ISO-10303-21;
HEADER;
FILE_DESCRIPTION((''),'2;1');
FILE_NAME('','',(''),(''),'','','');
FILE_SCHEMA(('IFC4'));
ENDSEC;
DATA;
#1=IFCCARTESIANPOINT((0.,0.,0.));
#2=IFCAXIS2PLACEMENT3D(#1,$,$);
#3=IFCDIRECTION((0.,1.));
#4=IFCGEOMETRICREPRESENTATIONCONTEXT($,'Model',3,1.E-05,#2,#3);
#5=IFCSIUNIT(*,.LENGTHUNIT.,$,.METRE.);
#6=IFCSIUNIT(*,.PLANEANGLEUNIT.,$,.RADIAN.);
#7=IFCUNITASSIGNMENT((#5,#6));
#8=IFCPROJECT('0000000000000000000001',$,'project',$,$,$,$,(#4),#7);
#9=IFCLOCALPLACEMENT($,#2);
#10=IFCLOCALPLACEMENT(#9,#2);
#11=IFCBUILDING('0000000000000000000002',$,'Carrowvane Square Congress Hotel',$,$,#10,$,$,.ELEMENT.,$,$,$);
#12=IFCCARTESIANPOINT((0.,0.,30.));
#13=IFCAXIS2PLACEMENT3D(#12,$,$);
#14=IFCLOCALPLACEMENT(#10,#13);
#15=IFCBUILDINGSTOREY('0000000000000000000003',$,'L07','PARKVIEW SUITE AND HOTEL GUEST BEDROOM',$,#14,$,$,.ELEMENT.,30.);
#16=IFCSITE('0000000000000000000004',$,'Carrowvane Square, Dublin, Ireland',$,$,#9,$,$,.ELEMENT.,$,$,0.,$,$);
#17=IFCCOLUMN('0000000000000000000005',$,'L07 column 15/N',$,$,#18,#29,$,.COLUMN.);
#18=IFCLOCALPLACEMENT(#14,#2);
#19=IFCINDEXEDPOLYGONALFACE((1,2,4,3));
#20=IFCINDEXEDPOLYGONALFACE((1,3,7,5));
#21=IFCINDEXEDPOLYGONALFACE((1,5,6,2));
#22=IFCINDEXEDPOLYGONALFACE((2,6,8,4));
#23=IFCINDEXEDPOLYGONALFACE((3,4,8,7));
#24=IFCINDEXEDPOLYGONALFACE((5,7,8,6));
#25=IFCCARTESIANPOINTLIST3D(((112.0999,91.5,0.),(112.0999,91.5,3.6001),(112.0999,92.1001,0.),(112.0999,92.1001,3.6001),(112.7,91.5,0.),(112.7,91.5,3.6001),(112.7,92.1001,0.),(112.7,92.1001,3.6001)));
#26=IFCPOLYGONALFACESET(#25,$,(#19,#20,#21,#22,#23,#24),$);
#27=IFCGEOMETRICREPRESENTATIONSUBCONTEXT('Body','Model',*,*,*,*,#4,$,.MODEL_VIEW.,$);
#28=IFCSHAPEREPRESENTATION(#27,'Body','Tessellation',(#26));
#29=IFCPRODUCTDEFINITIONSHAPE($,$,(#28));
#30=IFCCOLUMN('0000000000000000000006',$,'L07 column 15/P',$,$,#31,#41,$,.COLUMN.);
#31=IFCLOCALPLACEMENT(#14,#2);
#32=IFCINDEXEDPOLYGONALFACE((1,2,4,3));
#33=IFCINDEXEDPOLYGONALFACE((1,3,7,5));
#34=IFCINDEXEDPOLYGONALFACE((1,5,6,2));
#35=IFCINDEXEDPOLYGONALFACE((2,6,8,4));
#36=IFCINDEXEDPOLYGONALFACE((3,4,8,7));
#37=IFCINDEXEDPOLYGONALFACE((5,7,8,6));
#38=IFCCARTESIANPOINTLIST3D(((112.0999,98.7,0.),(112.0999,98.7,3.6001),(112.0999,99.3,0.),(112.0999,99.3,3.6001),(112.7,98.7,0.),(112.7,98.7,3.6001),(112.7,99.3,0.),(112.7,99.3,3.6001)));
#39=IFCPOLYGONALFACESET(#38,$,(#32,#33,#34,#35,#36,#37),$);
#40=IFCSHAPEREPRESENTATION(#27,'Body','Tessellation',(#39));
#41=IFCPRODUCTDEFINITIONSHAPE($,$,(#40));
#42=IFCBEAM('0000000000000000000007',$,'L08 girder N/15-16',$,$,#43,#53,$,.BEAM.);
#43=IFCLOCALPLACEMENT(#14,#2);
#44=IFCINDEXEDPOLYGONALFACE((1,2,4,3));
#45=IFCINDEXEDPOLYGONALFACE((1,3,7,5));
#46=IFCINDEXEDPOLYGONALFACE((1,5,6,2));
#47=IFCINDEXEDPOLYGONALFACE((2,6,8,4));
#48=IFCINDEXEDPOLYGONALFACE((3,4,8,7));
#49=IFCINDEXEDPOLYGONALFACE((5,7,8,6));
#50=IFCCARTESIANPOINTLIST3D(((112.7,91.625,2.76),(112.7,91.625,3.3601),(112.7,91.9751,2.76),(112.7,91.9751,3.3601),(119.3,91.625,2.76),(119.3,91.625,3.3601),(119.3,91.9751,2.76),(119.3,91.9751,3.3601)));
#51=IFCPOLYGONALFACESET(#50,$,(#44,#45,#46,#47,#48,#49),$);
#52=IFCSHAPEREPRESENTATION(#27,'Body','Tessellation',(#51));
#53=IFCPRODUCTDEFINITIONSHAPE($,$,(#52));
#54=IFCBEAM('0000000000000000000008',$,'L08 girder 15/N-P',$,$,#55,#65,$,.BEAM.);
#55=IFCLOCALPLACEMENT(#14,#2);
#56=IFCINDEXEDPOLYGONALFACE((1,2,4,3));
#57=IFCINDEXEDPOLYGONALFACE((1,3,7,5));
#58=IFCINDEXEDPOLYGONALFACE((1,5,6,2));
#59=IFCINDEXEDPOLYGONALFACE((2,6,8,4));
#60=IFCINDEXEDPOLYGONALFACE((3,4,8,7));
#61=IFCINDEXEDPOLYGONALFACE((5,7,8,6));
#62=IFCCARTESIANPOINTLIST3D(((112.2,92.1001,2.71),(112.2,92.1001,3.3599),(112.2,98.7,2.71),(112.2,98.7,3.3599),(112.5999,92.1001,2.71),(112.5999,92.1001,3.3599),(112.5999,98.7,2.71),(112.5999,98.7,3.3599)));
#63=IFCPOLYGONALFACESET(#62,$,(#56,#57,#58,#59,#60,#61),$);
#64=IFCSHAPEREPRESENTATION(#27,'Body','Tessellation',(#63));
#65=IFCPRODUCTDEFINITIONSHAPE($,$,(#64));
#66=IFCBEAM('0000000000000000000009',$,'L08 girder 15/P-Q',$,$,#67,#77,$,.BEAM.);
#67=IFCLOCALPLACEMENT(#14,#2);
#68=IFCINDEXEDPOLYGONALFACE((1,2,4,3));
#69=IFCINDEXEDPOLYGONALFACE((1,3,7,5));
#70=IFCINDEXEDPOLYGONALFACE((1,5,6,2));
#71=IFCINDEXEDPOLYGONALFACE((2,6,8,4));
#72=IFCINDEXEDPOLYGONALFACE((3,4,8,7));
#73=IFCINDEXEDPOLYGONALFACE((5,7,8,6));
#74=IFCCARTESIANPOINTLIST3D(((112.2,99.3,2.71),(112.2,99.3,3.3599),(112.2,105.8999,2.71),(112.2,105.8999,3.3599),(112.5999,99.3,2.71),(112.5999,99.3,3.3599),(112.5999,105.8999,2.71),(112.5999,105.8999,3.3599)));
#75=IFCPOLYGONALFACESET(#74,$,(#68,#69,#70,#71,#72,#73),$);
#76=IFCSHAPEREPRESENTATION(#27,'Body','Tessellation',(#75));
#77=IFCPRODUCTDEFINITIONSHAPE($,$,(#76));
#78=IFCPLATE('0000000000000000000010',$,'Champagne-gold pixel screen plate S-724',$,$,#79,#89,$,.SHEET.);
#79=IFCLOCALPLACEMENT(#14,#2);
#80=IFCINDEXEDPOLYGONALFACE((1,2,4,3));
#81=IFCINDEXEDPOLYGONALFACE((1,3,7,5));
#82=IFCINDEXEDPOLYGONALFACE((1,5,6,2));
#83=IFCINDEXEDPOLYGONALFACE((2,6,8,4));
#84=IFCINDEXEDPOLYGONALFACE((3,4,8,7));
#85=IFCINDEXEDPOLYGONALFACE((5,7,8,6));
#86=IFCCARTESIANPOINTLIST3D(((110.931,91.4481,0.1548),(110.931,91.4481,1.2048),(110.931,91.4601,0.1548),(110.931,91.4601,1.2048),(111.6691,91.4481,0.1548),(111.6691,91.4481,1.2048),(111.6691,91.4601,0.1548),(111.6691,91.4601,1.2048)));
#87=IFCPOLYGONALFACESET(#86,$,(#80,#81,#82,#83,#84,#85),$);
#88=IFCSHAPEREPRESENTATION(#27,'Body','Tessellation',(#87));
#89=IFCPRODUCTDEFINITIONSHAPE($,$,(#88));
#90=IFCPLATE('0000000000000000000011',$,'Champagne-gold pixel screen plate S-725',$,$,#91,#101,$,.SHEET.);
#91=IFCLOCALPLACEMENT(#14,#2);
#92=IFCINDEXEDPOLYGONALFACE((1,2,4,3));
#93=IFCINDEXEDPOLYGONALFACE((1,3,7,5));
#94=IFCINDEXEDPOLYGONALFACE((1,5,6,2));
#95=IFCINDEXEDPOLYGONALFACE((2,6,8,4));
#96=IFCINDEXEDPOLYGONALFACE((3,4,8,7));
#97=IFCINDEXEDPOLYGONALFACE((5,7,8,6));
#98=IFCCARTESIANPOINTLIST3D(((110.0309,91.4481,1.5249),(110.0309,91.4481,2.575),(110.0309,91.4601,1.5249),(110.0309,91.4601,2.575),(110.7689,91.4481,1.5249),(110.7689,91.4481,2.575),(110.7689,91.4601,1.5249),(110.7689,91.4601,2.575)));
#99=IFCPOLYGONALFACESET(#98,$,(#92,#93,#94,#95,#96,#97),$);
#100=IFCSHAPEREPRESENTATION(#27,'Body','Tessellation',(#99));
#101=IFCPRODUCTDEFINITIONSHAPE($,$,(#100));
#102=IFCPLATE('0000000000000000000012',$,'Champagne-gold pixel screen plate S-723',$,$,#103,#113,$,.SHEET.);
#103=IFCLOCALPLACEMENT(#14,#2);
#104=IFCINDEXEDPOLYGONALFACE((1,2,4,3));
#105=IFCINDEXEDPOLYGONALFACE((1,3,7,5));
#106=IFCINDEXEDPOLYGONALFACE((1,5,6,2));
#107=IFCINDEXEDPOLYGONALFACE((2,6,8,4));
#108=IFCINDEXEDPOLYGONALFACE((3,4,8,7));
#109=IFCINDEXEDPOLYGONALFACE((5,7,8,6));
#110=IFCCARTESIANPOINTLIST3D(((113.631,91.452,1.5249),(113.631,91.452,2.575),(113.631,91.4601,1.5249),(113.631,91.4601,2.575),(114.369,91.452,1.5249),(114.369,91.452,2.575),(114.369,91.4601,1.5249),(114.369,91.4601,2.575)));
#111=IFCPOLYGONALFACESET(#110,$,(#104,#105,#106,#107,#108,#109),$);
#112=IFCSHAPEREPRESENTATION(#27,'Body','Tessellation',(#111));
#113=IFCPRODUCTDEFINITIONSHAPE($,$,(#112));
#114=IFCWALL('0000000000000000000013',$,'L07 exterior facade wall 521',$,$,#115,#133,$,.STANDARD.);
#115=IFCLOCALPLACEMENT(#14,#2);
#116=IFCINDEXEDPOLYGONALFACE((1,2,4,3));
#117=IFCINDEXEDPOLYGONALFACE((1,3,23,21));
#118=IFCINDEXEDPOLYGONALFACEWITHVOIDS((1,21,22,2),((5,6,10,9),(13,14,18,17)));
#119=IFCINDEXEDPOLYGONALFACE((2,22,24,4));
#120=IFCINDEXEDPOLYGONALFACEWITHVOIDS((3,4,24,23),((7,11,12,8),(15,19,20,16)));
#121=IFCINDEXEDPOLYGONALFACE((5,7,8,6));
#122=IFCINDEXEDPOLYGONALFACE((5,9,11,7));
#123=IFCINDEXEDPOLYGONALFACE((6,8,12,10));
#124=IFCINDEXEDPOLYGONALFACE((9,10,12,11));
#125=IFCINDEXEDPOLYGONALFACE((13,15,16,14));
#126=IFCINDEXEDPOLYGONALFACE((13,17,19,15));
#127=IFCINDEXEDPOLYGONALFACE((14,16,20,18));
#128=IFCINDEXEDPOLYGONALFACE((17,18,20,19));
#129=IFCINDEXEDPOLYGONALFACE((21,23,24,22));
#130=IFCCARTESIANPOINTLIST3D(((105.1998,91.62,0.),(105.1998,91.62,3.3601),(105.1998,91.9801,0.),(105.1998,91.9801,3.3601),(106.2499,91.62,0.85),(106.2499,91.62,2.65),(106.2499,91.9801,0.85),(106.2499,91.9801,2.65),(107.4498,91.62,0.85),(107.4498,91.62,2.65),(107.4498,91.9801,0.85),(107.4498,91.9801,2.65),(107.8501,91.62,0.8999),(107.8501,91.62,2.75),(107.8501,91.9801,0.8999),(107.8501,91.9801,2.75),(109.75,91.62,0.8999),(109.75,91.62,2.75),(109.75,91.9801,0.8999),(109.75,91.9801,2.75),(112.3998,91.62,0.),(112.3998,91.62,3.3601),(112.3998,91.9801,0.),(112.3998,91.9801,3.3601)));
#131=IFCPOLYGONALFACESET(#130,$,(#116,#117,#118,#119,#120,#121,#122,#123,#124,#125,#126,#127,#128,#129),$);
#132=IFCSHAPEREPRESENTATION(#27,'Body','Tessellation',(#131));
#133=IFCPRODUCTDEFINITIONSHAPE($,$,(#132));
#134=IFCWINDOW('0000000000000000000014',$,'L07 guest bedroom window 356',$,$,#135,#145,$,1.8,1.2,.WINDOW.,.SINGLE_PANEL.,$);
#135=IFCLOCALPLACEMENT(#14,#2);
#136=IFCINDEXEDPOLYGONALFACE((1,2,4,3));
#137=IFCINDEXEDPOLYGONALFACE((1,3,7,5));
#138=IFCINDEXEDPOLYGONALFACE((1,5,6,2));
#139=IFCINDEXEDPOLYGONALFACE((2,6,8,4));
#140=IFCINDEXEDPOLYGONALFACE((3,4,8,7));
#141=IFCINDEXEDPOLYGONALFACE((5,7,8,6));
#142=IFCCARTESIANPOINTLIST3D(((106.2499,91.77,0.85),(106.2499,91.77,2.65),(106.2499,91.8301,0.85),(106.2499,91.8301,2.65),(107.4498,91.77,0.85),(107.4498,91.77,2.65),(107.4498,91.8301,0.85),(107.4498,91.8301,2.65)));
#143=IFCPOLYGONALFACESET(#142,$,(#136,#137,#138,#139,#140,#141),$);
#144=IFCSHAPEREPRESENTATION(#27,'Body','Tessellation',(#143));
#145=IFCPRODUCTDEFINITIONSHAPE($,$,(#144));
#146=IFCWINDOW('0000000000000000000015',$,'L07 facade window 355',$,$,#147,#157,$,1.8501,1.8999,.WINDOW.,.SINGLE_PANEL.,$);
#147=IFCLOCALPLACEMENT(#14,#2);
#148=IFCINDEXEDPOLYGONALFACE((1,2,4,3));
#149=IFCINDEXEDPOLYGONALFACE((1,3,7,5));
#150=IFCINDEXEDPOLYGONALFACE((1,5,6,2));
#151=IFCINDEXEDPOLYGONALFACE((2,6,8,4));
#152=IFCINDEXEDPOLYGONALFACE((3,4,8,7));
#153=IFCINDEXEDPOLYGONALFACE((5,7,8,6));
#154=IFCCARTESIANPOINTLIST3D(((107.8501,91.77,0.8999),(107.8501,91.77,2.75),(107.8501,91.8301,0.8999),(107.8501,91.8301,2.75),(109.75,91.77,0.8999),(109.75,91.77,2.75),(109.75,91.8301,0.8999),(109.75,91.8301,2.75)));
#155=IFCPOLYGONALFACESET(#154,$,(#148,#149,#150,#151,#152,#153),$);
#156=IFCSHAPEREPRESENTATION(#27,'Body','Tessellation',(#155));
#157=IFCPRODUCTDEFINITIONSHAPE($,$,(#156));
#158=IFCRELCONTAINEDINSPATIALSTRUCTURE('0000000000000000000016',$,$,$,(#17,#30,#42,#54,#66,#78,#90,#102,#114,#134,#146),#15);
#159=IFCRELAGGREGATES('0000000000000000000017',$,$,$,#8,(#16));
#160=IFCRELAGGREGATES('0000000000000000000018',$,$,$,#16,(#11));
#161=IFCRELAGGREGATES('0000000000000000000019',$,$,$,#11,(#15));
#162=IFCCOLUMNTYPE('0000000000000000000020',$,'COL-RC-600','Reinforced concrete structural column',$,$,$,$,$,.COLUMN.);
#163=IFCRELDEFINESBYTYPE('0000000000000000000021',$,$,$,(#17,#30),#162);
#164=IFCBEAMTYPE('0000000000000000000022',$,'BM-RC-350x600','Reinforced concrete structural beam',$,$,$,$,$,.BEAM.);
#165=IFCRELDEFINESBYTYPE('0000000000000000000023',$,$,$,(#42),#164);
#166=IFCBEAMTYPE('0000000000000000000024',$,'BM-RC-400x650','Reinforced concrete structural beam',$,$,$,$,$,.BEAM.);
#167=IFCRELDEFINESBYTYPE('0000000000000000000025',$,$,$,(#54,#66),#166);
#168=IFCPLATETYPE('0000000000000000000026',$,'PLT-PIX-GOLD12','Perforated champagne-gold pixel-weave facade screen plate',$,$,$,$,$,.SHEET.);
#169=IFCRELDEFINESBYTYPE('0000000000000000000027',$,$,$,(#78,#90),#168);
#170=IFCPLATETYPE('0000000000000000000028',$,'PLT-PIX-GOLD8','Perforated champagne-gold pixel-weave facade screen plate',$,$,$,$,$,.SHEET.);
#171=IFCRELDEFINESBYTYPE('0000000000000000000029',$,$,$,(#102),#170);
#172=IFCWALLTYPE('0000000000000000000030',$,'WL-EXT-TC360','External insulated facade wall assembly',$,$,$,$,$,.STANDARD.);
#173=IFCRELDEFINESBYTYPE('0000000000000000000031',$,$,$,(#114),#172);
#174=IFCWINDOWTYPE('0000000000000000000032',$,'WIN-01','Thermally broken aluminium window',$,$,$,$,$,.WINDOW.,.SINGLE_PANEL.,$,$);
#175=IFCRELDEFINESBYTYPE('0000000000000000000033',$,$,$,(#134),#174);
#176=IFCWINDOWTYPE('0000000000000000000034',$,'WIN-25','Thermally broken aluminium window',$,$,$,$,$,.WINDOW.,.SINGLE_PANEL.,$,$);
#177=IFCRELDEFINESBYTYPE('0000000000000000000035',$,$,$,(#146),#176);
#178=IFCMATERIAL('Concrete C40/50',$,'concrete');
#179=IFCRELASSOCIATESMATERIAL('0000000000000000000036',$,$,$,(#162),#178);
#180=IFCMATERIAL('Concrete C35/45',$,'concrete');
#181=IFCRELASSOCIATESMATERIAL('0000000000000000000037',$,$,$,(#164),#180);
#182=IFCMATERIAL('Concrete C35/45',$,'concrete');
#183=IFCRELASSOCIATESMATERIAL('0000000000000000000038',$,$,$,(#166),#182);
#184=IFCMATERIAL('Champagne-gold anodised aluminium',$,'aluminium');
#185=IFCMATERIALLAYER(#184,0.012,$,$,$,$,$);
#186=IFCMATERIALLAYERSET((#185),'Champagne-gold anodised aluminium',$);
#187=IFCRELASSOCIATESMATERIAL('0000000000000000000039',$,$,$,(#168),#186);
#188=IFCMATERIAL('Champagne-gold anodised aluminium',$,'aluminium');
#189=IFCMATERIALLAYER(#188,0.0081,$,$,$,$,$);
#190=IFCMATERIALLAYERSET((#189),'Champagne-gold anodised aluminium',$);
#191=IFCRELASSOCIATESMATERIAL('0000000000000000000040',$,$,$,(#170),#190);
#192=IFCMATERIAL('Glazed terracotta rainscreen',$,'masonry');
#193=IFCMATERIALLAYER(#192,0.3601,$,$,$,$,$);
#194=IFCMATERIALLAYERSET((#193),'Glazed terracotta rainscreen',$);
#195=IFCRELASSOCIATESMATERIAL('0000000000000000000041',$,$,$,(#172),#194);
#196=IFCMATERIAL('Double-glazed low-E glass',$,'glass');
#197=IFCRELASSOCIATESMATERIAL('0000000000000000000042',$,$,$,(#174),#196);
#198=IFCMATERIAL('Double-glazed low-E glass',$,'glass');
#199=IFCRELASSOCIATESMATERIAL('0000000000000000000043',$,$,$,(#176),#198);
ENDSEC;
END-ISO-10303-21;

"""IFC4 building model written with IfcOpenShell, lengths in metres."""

from ifc_helpers import new_model, si_unit, direction, frame, frame_2d, origin, origin_2d, place, context, subcontext, project, spatial, rectangle, extrude, material, layer, layer_set, material_profile, profile_set, type_object, element, fill, save


model = new_model("IFC4")

# Units and contexts
model_context = context("Model", 3, precision=1e-05, world=origin(), true_north=direction((0.0, 1.0)))
body_context = subcontext(model_context, "Body", "Model", "MODEL_VIEW")
ifc_project = project(units=[si_unit("LENGTHUNIT", "METRE"), si_unit("PLANEANGLEUNIT", "RADIAN")], contexts=[model_context])

# Site, building, storey
site_placement = place(None, origin())
site = spatial("IfcSite", under=ifc_project, at=site_placement, Name="Carrowvane Square, Dublin, Ireland", CompositionType="ELEMENT", RefElevation=0.0)
building_placement = place(site_placement, origin())
building = spatial("IfcBuilding", under=site, at=building_placement, Name="Carrowvane Square Congress Hotel", CompositionType="ELEMENT")
storey_placement = place(building_placement, frame((0.0, 0.0, 30.0)))
storey = spatial("IfcBuildingStorey", under=building, at=storey_placement, Name="L07", Description="PARKVIEW SUITE AND HOTEL GUEST BEDROOM", CompositionType="ELEMENT", Elevation=30.0)

# Columns
ifc_material_1 = material(Name="Concrete C40/50", Category="concrete")
ifc_material_profile_1 = material_profile(ifc_material_1, rectangle(XDim=0.6001, YDim=0.6001, at=origin_2d()), Name="RC 600x600")
ifc_profile_set_1 = profile_set([ifc_material_profile_1], Name="Concrete C40/50")
column_type = type_object("IfcColumnType", Name="COL-RC-600", Description="Reinforced concrete structural column", PredefinedType="COLUMN", material=ifc_profile_set_1)
for number, where, z_axis, x_axis, name in (
    (1, (112.3999, 91.8, 0.0), (0.0, 0.0, 1.0), (1.0, 0.0, 0.0), "L07 column 15/N"),
    (2, (112.3999, 99.0, 0.0), (0.0, 0.0, 1.0), (1.0, 0.0, 0.0), "L07 column 15/P"),
):
    element("IfcColumn", number, at=place(storey_placement, frame(where, z_axis=z_axis, x_axis=x_axis)), inside=storey, type_object=column_type, Name=name, PredefinedType="COLUMN", context=body_context, shape_type="SweptSolid", body=[
        extrude(rectangle(XDim=0.6001, YDim=0.6001, at=origin_2d()), origin(), (0.0, 0.0, 1.0), 3.6001),
    ])

# Beams
ifc_material_2 = material(Name="Concrete C35/45", Category="concrete")
ifc_material_profile_2 = material_profile(ifc_material_2, rectangle(XDim=0.3501, YDim=0.6001, at=origin_2d()), Name="RC 350x600")
ifc_profile_set_2 = profile_set([ifc_material_profile_2], Name="Concrete C35/45")
beam_type_1 = type_object("IfcBeamType", Name="BM-RC-350x600", Description="Reinforced concrete structural beam", PredefinedType="BEAM", material=ifc_profile_set_2)
beam_placement = place(storey_placement, frame((112.7, 91.8, 3.0601), z_axis=(1.0, 0.0, 0.0), x_axis=(0.0, 1.0, 0.0)))
element("IfcBeam", 3, at=beam_placement, inside=storey, type_object=beam_type_1, Name="L08 girder N/15-16", PredefinedType="BEAM", context=body_context, shape_type="SweptSolid", body=[
    extrude(rectangle(XDim=0.3501, YDim=0.6001, at=origin_2d()), origin(), (0.0, 0.0, 1.0), 6.6001),
])
ifc_material_3 = material(Name="Concrete C35/45", Category="concrete")
ifc_material_profile_3 = material_profile(ifc_material_3, rectangle(XDim=0.3999, YDim=0.6499, at=origin_2d()), Name="RC 400x650")
ifc_profile_set_3 = profile_set([ifc_material_profile_3], Name="Concrete C35/45")
beam_type_2 = type_object("IfcBeamType", Name="BM-RC-400x650", Description="Reinforced concrete structural beam", PredefinedType="BEAM", material=ifc_profile_set_3)
for number, where, z_axis, x_axis, name in (
    (4, (112.3999, 92.1001, 3.0349), (0.0, 1.0, 0.0), (-1.0, 0.0, 0.0), "L08 girder 15/N-P"),
    (5, (112.3999, 99.3, 3.0349), (0.0, 1.0, 0.0), (-1.0, 0.0, 0.0), "L08 girder 15/P-Q"),
):
    element("IfcBeam", number, at=place(storey_placement, frame(where, z_axis=z_axis, x_axis=x_axis)), inside=storey, type_object=beam_type_2, Name=name, PredefinedType="BEAM", context=body_context, shape_type="SweptSolid", body=[
        extrude(rectangle(XDim=0.3999, YDim=0.6499, at=origin_2d()), origin(), (0.0, 0.0, 1.0), 6.5999),
    ])

# Plates
ifc_material_4 = material(Name="Champagne-gold anodised aluminium", Category="aluminium")
ifc_layer_1 = layer(ifc_material_4, 0.012)
ifc_layer_set_1 = layer_set([ifc_layer_1], Name="Champagne-gold anodised aluminium")
plate_type_1 = type_object("IfcPlateType", Name="PLT-PIX-GOLD12", Description="Perforated champagne-gold pixel-weave facade screen plate", PredefinedType="SHEET", material=ifc_layer_set_1)
for number, where, z_axis, x_axis, name in (
    (6, (111.3, 91.4541, 0.1548), (0.0, 0.0, 1.0), (-1.0, 0.0, 0.0), "Champagne-gold pixel screen plate S-724"),
    (7, (110.3999, 91.4541, 1.5249), (0.0, 0.0, 1.0), (-1.0, 0.0, 0.0), "Champagne-gold pixel screen plate S-725"),
):
    element("IfcPlate", number, at=place(storey_placement, frame(where, z_axis=z_axis, x_axis=x_axis)), inside=storey, type_object=plate_type_1, Name=name, PredefinedType="SHEET", context=body_context, shape_type="SweptSolid", body=[
        extrude(rectangle(XDim=0.738, YDim=0.012, at=origin_2d()), origin(), (0.0, 0.0, 1.0), 1.05),
    ])
ifc_material_5 = material(Name="Champagne-gold anodised aluminium", Category="aluminium")
ifc_layer_2 = layer(ifc_material_5, 0.0081)
ifc_layer_set_2 = layer_set([ifc_layer_2], Name="Champagne-gold anodised aluminium")
plate_type_2 = type_object("IfcPlateType", Name="PLT-PIX-GOLD8", Description="Perforated champagne-gold pixel-weave facade screen plate", PredefinedType="SHEET", material=ifc_layer_set_2)
plate_placement = place(storey_placement, frame((114.0, 91.4561, 1.5249), z_axis=(0.0, 0.0, 1.0), x_axis=(-1.0, 0.0, 0.0)))
element("IfcPlate", 8, at=plate_placement, inside=storey, type_object=plate_type_2, Name="Champagne-gold pixel screen plate S-723", PredefinedType="SHEET", context=body_context, shape_type="SweptSolid", body=[
    extrude(rectangle(XDim=0.738, YDim=0.0081, at=origin_2d()), origin(), (0.0, 0.0, 1.0), 1.05),
])

# Wall, openings, windows
ifc_material_6 = material(Name="Glazed terracotta rainscreen", Category="masonry")
ifc_layer_3 = layer(ifc_material_6, 0.3601)
ifc_layer_set_3 = layer_set([ifc_layer_3], Name="Glazed terracotta rainscreen")
wall_type_1 = type_object("IfcWallType", Name="WL-EXT-TC360", Description="External insulated facade wall assembly", PredefinedType="STANDARD", material=ifc_layer_set_3)
wall_1_placement = place(storey_placement, frame((112.3999, 91.8, 0.0), z_axis=(0.0, 0.0, 1.0), x_axis=(-1.0, 0.0, 0.0)))
wall_1 = element("IfcWall", 9, at=wall_1_placement, inside=storey, type_object=wall_type_1, Name="L07 exterior facade wall 521", PredefinedType="STANDARD", context=body_context, shape_type="SweptSolid", body=[
    extrude(rectangle(XDim=7.2, YDim=0.3601, at=frame_2d((3.6001, 0.0))), origin(), (0.0, 0.0, 1.0), 3.3601),
])
opening_1_placement = place(wall_1_placement, frame((2.6499, 0.0, 0.8999)))
opening_1 = element("IfcOpeningElement", 10, at=opening_1_placement, cuts=wall_1, PredefinedType="OPENING", context=body_context, shape_type="SweptSolid", body=[
    extrude(rectangle(XDim=1.8999, YDim=1.8501, at=frame_2d((0.95, 0.925))), frame((0.0, 0.1899, 0.0), z_axis=(0.0, -1.0, 0.0), x_axis=(1.0, 0.0, 0.0)), (0.0, 0.0, 1.0), 0.3801),
])
opening_2_placement = place(wall_1_placement, frame((4.95, 0.0, 0.8501)))
opening_2 = element("IfcOpeningElement", 11, at=opening_2_placement, cuts=wall_1, PredefinedType="OPENING", context=body_context, shape_type="SweptSolid", body=[
    extrude(rectangle(XDim=1.2, YDim=1.8, at=frame_2d((0.6001, 0.8999))), frame((0.0, 0.1899, 0.0), z_axis=(0.0, -1.0, 0.0), x_axis=(1.0, 0.0, 0.0)), (0.0, 0.0, 1.0), 0.3801),
])
ifc_material_7 = material(Name="Double-glazed low-E glass", Category="glass")
window_type_1 = type_object("IfcWindowType", Name="WIN-01", Description="Thermally broken aluminium window", PartitioningType="SINGLE_PANEL", PredefinedType="WINDOW", material=ifc_material_7)
window_1_placement = place(opening_2_placement, origin())
window_1 = element("IfcWindow", 12, at=window_1_placement, inside=storey, type_object=window_type_1, Name="L07 guest bedroom window 356", OverallHeight=1.8, OverallWidth=1.2, PartitioningType="SINGLE_PANEL", PredefinedType="WINDOW", context=body_context, shape_type="SweptSolid", body=[
    extrude(rectangle(XDim=1.2, YDim=1.8, at=frame_2d((0.6001, 0.8999))), frame((0.0, 0.03, 0.0), z_axis=(0.0, -1.0, 0.0), x_axis=(1.0, 0.0, 0.0)), (0.0, 0.0, 1.0), 0.0601),
])
fill(opening_2, window_1)
ifc_material_8 = material(Name="Double-glazed low-E glass", Category="glass")
window_type_2 = type_object("IfcWindowType", Name="WIN-25", Description="Thermally broken aluminium window", PartitioningType="SINGLE_PANEL", PredefinedType="WINDOW", material=ifc_material_8)
window_2_placement = place(opening_1_placement, origin())
window_2 = element("IfcWindow", 13, at=window_2_placement, inside=storey, type_object=window_type_2, Name="L07 facade window 355", OverallHeight=1.8501, OverallWidth=1.8999, PartitioningType="SINGLE_PANEL", PredefinedType="WINDOW", context=body_context, shape_type="SweptSolid", body=[
    extrude(rectangle(XDim=1.8999, YDim=1.8501, at=frame_2d((0.95, 0.925))), frame((0.0, 0.03, 0.0), z_axis=(0.0, -1.0, 0.0), x_axis=(1.0, 0.0, 0.0)), (0.0, 0.0, 1.0), 0.0601),
])
fill(opening_1, window_2)

save(model, "model.ifc")
